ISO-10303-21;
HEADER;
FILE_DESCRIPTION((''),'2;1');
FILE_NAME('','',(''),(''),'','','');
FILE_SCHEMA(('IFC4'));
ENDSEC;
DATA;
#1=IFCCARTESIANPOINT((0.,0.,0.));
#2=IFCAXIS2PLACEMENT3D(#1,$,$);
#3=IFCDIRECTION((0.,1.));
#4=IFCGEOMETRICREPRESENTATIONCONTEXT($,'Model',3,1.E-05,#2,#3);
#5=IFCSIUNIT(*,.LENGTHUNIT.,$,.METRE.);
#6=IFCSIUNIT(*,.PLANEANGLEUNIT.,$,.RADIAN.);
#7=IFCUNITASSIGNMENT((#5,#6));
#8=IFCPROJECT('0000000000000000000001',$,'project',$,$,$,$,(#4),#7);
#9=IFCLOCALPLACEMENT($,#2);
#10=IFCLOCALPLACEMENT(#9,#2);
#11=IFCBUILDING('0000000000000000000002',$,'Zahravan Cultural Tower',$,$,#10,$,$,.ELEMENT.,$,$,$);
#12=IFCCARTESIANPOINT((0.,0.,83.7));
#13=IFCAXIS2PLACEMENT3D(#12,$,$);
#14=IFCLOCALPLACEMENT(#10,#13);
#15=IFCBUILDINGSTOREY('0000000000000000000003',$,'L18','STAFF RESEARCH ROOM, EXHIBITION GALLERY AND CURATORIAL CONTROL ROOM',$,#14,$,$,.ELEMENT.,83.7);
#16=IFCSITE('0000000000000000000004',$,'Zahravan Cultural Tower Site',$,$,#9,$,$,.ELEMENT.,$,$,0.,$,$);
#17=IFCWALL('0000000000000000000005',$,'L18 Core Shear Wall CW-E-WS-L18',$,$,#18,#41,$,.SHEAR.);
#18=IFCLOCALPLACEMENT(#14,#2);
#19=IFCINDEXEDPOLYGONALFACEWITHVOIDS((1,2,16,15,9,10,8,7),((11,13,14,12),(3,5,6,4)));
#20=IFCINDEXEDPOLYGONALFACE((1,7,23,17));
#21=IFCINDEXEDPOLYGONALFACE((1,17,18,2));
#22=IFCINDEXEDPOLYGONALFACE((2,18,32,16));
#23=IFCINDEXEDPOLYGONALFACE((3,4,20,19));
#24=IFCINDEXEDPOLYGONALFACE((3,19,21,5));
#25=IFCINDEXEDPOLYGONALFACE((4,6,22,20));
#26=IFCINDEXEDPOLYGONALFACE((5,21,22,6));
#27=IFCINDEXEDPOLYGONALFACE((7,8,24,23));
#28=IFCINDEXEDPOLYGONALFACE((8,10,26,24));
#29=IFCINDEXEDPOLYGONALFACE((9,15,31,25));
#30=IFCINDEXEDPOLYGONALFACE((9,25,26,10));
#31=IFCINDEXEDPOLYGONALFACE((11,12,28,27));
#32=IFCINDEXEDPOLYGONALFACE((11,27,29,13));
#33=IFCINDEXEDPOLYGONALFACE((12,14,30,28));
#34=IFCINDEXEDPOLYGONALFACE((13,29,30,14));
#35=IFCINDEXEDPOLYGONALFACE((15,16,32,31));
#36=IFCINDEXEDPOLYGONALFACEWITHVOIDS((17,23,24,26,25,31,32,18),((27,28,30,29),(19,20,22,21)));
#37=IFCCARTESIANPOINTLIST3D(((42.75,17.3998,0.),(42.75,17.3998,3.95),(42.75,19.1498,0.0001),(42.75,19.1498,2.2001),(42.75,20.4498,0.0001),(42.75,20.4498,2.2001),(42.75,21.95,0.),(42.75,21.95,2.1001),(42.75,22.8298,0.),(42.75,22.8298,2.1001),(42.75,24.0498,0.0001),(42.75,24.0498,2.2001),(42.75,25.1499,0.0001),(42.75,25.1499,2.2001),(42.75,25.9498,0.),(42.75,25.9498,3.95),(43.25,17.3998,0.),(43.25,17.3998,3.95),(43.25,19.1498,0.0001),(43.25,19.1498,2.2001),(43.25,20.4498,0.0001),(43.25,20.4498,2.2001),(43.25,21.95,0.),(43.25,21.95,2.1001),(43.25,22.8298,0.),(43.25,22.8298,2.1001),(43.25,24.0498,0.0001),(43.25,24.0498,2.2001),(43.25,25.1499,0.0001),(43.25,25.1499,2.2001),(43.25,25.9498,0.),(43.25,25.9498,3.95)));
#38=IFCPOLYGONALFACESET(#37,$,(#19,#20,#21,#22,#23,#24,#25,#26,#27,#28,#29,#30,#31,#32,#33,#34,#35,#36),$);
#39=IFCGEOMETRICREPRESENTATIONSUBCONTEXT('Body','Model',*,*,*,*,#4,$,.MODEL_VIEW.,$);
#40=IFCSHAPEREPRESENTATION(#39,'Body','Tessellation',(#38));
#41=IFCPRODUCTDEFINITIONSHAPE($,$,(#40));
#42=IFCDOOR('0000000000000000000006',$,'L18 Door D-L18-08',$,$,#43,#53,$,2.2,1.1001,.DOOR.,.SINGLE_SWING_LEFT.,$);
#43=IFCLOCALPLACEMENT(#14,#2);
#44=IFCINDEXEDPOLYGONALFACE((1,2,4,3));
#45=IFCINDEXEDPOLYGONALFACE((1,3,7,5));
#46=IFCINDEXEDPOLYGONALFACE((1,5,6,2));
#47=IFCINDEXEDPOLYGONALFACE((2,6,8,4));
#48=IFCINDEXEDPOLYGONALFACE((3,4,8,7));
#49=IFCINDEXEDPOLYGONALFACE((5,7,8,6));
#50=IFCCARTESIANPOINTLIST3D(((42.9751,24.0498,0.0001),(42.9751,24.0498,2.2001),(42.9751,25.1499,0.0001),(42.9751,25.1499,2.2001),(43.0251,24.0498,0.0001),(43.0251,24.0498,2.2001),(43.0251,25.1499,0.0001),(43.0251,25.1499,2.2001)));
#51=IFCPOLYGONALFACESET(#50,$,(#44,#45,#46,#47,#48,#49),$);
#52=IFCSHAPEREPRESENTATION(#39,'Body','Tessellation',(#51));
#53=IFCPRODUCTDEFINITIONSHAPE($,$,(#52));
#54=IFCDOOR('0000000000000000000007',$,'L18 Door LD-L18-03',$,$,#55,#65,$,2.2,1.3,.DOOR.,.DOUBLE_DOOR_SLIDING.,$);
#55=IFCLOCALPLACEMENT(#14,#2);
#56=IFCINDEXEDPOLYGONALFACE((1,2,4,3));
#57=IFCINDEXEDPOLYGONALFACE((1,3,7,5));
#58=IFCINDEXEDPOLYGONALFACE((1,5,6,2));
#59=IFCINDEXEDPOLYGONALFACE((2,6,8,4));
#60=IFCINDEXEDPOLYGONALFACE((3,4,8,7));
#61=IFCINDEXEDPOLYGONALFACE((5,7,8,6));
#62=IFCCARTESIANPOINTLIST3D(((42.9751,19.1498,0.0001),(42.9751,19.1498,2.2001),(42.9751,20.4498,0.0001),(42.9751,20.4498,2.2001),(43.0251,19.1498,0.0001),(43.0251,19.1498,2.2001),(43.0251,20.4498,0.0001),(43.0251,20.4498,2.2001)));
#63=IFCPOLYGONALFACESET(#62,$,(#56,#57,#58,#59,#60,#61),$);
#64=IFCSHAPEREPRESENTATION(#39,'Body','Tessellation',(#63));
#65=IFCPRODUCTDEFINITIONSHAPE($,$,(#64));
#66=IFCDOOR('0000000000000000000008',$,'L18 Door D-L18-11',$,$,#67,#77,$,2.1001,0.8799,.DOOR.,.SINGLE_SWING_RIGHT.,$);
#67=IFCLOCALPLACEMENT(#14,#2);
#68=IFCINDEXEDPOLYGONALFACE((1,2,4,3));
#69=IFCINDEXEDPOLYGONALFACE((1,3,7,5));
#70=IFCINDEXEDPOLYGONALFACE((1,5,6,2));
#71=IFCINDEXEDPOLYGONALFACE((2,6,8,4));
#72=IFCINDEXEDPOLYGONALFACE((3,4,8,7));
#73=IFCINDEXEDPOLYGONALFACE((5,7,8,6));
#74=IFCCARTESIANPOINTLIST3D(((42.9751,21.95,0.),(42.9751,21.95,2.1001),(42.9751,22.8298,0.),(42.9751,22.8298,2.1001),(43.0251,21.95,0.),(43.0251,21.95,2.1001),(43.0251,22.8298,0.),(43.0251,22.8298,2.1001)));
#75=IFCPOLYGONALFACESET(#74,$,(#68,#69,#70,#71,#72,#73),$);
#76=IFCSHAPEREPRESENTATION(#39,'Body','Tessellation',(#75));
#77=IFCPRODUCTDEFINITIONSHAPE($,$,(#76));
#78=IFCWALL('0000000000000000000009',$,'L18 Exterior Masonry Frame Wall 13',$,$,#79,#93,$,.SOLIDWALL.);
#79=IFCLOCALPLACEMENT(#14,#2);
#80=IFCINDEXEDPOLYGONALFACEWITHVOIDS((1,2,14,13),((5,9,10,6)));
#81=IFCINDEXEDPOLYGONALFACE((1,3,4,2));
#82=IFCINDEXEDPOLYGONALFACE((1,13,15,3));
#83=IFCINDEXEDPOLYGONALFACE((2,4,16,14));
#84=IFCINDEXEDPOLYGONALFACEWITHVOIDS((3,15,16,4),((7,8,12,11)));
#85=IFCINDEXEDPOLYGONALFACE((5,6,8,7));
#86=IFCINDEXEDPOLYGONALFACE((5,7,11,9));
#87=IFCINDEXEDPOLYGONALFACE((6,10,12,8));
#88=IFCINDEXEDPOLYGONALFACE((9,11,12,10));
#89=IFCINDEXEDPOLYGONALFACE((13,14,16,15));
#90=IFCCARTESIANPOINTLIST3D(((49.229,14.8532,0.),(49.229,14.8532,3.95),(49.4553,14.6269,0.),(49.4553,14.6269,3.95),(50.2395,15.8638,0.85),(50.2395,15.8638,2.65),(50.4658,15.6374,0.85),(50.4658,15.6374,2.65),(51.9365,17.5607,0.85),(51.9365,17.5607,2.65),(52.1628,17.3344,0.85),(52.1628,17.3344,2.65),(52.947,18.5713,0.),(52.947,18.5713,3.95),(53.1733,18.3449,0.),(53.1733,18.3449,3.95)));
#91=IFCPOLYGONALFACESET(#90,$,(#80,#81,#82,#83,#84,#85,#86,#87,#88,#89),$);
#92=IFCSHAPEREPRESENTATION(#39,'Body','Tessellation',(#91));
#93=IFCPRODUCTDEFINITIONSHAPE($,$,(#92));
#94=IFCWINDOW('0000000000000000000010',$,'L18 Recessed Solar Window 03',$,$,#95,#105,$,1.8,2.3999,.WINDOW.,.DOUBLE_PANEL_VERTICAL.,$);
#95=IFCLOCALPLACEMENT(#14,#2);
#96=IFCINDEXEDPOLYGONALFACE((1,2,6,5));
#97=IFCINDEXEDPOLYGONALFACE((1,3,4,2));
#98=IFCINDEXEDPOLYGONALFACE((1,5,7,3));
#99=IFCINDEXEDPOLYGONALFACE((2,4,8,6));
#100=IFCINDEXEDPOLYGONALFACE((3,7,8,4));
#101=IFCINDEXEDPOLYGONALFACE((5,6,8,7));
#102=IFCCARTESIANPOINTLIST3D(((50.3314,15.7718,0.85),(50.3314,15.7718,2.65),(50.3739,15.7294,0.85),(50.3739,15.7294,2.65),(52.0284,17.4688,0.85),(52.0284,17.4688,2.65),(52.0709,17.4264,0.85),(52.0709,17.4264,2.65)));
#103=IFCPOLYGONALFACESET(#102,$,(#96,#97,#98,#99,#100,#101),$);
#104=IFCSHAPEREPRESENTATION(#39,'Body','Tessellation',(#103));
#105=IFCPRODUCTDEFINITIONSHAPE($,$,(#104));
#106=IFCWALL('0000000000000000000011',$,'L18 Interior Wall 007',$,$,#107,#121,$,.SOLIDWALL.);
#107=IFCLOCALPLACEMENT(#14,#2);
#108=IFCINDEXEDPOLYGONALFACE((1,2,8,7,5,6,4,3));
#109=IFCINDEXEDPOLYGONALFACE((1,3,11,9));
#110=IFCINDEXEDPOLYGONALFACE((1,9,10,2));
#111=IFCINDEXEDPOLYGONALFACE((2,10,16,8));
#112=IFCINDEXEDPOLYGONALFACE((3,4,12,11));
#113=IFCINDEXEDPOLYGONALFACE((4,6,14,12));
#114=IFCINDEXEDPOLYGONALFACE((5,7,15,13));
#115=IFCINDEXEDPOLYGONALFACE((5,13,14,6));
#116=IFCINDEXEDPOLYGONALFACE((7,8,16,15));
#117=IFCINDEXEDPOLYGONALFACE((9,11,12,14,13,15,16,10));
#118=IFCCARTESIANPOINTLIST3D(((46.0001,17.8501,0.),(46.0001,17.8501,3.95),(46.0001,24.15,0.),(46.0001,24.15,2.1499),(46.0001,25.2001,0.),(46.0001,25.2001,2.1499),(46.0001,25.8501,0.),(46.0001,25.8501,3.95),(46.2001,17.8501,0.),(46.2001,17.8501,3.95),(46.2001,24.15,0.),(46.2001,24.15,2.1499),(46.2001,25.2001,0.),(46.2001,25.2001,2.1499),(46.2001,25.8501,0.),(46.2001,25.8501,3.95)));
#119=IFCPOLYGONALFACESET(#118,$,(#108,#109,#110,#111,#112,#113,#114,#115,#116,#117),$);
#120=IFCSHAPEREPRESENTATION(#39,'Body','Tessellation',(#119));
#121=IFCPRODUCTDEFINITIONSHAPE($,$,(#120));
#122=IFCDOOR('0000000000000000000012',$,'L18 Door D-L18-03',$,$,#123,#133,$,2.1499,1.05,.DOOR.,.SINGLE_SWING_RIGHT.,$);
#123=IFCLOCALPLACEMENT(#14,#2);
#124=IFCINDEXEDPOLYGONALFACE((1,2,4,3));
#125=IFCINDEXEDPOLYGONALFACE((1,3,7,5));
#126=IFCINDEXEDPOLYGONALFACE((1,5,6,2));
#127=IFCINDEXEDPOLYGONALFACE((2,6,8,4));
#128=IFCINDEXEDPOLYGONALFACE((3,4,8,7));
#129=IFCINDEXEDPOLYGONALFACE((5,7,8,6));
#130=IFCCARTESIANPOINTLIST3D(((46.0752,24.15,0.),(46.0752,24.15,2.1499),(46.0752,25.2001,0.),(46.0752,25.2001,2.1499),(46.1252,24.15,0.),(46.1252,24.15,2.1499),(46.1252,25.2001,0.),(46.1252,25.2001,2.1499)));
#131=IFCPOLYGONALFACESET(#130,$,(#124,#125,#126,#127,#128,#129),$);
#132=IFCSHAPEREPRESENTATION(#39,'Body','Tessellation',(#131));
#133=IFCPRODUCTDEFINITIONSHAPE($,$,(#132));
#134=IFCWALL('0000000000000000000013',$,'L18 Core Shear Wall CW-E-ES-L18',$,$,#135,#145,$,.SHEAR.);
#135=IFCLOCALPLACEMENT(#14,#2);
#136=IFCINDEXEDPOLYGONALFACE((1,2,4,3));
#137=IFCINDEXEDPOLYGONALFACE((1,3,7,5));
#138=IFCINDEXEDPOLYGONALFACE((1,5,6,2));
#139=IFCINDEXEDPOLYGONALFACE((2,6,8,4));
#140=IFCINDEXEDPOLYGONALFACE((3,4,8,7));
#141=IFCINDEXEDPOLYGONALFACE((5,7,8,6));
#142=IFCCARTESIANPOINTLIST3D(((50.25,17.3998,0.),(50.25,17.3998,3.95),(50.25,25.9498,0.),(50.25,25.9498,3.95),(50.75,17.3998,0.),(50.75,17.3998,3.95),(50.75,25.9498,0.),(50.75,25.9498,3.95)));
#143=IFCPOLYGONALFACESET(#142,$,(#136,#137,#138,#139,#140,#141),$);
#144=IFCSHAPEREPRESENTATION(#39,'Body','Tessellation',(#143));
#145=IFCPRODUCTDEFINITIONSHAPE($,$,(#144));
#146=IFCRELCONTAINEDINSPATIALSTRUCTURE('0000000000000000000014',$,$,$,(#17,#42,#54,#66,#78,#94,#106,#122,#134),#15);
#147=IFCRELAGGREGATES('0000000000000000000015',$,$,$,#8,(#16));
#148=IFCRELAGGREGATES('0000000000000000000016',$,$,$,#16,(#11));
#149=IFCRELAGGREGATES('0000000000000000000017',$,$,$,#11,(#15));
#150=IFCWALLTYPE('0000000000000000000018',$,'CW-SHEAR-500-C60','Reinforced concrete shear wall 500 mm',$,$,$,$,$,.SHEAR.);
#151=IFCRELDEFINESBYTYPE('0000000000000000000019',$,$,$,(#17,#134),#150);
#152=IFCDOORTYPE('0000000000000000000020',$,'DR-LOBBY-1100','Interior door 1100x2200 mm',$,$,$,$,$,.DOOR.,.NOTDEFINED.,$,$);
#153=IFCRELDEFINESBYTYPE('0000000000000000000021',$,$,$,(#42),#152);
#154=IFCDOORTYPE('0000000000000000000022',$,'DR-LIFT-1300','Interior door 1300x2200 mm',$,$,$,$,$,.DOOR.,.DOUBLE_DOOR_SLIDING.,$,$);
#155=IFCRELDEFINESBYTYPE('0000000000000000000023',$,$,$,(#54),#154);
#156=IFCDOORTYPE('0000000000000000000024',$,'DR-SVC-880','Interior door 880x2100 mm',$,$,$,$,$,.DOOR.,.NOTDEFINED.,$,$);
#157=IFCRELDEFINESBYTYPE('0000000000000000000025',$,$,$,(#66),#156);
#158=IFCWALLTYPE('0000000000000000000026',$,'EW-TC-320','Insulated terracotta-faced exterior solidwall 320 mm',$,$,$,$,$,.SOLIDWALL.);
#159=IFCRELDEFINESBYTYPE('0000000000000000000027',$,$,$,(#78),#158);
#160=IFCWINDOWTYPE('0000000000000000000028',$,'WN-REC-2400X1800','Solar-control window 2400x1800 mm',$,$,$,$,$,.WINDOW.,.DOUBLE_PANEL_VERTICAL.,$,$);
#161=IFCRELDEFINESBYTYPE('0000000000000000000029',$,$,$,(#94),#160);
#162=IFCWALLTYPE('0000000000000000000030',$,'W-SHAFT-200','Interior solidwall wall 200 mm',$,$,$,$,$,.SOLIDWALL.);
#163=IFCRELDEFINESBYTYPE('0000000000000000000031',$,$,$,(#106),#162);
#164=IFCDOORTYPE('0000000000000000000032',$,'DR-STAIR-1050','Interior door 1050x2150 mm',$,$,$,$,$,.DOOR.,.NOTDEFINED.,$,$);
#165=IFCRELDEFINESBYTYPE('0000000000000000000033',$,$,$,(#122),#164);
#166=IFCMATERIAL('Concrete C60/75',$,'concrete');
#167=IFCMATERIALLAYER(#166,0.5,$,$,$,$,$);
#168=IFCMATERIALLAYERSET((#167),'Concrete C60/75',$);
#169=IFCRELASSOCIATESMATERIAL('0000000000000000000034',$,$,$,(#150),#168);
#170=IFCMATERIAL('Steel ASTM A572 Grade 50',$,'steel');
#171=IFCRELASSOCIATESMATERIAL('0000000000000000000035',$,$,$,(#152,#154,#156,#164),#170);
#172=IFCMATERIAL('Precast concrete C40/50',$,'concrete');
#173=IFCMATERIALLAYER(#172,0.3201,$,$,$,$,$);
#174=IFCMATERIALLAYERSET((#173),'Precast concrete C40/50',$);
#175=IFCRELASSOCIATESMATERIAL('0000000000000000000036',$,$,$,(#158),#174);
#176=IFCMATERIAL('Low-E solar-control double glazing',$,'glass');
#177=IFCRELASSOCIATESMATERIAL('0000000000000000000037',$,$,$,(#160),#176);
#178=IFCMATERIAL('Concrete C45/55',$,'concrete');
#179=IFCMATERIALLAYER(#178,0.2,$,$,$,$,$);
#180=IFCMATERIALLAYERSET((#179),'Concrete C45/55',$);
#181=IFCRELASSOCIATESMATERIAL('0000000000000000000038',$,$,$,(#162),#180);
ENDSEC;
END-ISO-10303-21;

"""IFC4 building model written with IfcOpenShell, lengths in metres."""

from ifc_helpers import new_model, si_unit, direction, frame, frame_2d, origin, place, context, subcontext, project, spatial, rectangle, extrude, source, transform, mapped, material, layer, layer_set, type_object, element, fill, save


model = new_model("IFC4")

# Units and contexts
model_context = context("Model", 3, precision=1e-05, world=origin(), true_north=direction((0.0, 1.0)))
body_context = subcontext(model_context, "Body", "Model", "MODEL_VIEW")
ifc_project = project(units=[si_unit("LENGTHUNIT", "METRE"), si_unit("PLANEANGLEUNIT", "RADIAN")], contexts=[model_context])

# Site, building, storey
site_placement = place(None, origin())
site = spatial("IfcSite", under=ifc_project, at=site_placement, Name="Zahravan Cultural Tower Site", CompositionType="ELEMENT", RefElevation=0.0)
building_placement = place(site_placement, origin())
building = spatial("IfcBuilding", under=site, at=building_placement, Name="Zahravan Cultural Tower", CompositionType="ELEMENT")
storey_placement = place(building_placement, frame((0.0, 0.0, 83.7)))
storey = spatial("IfcBuildingStorey", under=building, at=storey_placement, Name="L18", Description="STAFF RESEARCH ROOM, EXHIBITION GALLERY AND CURATORIAL CONTROL ROOM", CompositionType="ELEMENT", Elevation=83.7)

# Shared definitions
ifc_material_1 = material(Name="Concrete C60/75", Category="concrete")

# Wall, openings, doors
ifc_layer_1 = layer(ifc_material_1, 0.5)
ifc_layer_set_1 = layer_set([ifc_layer_1], Name="Concrete C60/75")
wall_type_1 = type_object("IfcWallType", Name="CW-SHEAR-500-C60", Description="Reinforced concrete shear wall 500 mm", PredefinedType="SHEAR", material=ifc_layer_set_1)
wall_1_placement = place(storey_placement, frame((43.0, 17.3999, 0.0), z_axis=(0.0, 0.0, 1.0), x_axis=(0.0, 1.0, 0.0)))
wall_1 = element("IfcWall", 1, at=wall_1_placement, inside=storey, type_object=wall_type_1, Name="L18 Core Shear Wall CW-E-WS-L18", PredefinedType="SHEAR", context=body_context, shape_type="SweptSolid", body=[
    extrude(rectangle(XDim=8.55, YDim=0.5, at=frame_2d((4.2749, 0.0))), origin(), (0.0, 0.0, 1.0), 3.95),
])
opening_1_placement = place(wall_1_placement, frame((6.6499, 0.0, 0.0)))
opening_1 = element("IfcOpeningElement", 2, at=opening_1_placement, cuts=wall_1, PredefinedType="OPENING", context=body_context, shape_type="SweptSolid", body=[
    extrude(rectangle(XDim=1.1001, YDim=2.2, at=frame_2d((0.55, 1.1001))), frame((0.0, 0.26, 0.0), z_axis=(0.0, -1.0, 0.0), x_axis=(1.0, 0.0, 0.0)), (0.0, 0.0, 1.0), 0.52),
])
opening_2_placement = place(wall_1_placement, frame((1.75, 0.0, 0.0)))
opening_2 = element("IfcOpeningElement", 3, at=opening_2_placement, cuts=wall_1, PredefinedType="OPENING", context=body_context, shape_type="SweptSolid", body=[
    extrude(rectangle(XDim=1.3, YDim=2.2, at=frame_2d((0.6499, 1.1001))), frame((0.0, 0.26, 0.0), z_axis=(0.0, -1.0, 0.0), x_axis=(1.0, 0.0, 0.0)), (0.0, 0.0, 1.0), 0.52),
])
opening_3_placement = place(wall_1_placement, frame((4.55, 0.0, 0.0)))
opening_3 = element("IfcOpeningElement", 4, at=opening_3_placement, cuts=wall_1, PredefinedType="OPENING", context=body_context, shape_type="SweptSolid", body=[
    extrude(rectangle(XDim=0.8799, YDim=2.1001, at=frame_2d((0.4399, 1.05))), frame((0.0, 0.26, 0.0), z_axis=(0.0, -1.0, 0.0), x_axis=(1.0, 0.0, 0.0)), (0.0, 0.0, 1.0), 0.52),
])
ifc_material_2 = material(Name="Steel ASTM A572 Grade 50", Category="steel")
door_type_1 = type_object("IfcDoorType", Name="DR-LOBBY-1100", Description="Interior door 1100x2200 mm", OperationType="NOTDEFINED", PredefinedType="DOOR", material=ifc_material_2)
shared_shape_1 = source(origin(), body_context, "Body", "SweptSolid", [
    extrude(rectangle(XDim=1.1001, YDim=2.2, at=frame_2d((0.55, 1.1001))), frame((0.0, 0.0249, 0.0), z_axis=(0.0, -1.0, 0.0), x_axis=(1.0, 0.0, 0.0)), (0.0, 0.0, 1.0), 0.05),
])
door_1_placement = place(opening_1_placement, origin())
door_1 = element("IfcDoor", 5, at=door_1_placement, inside=storey, type_object=door_type_1, Name="L18 Door D-L18-08", OperationType="SINGLE_SWING_LEFT", OverallHeight=2.2, OverallWidth=1.1001, PredefinedType="DOOR", context=body_context, shape_type="MappedRepresentation", body=[
    mapped(shared_shape_1, transform((0.0, 0.0, 0.0), x_axis=(1.0, 0.0, 0.0), y_axis=(0.0, 1.0, 0.0), z_axis=(0.0, 0.0, 1.0), scale=1.0)),
])
fill(opening_1, door_1)
door_type_2 = type_object("IfcDoorType", Name="DR-LIFT-1300", Description="Interior door 1300x2200 mm", OperationType="DOUBLE_DOOR_SLIDING", PredefinedType="DOOR", material=ifc_material_2)
shared_shape_2 = source(origin(), body_context, "Body", "SweptSolid", [
    extrude(rectangle(XDim=1.3, YDim=2.2, at=frame_2d((0.6499, 1.1001))), frame((0.0, 0.0249, 0.0), z_axis=(0.0, -1.0, 0.0), x_axis=(1.0, 0.0, 0.0)), (0.0, 0.0, 1.0), 0.05),
])
door_2_placement = place(opening_2_placement, origin())
door_2 = element("IfcDoor", 6, at=door_2_placement, inside=storey, type_object=door_type_2, Name="L18 Door LD-L18-03", OperationType="DOUBLE_DOOR_SLIDING", OverallHeight=2.2, OverallWidth=1.3, PredefinedType="DOOR", context=body_context, shape_type="MappedRepresentation", body=[
    mapped(shared_shape_2, transform((0.0, 0.0, 0.0), x_axis=(1.0, 0.0, 0.0), y_axis=(0.0, 1.0, 0.0), z_axis=(0.0, 0.0, 1.0), scale=1.0)),
])
fill(opening_2, door_2)
door_type_3 = type_object("IfcDoorType", Name="DR-SVC-880", Description="Interior door 880x2100 mm", OperationType="NOTDEFINED", PredefinedType="DOOR", material=ifc_material_2)
shared_shape_3 = source(origin(), body_context, "Body", "SweptSolid", [
    extrude(rectangle(XDim=0.8799, YDim=2.1001, at=frame_2d((0.4399, 1.05))), frame((0.0, 0.0249, 0.0), z_axis=(0.0, -1.0, 0.0), x_axis=(1.0, 0.0, 0.0)), (0.0, 0.0, 1.0), 0.05),
])
door_3_placement = place(opening_3_placement, origin())
door_3 = element("IfcDoor", 7, at=door_3_placement, inside=storey, type_object=door_type_3, Name="L18 Door D-L18-11", OperationType="SINGLE_SWING_RIGHT", OverallHeight=2.1001, OverallWidth=0.8799, PredefinedType="DOOR", context=body_context, shape_type="MappedRepresentation", body=[
    mapped(shared_shape_3, transform((0.0, 0.0, 0.0), x_axis=(1.0, 0.0, 0.0), y_axis=(0.0, 1.0, 0.0), z_axis=(0.0, 0.0, 1.0), scale=1.0)),
])
fill(opening_3, door_3)

# Wall, opening, window
ifc_material_3 = material(Name="Precast concrete C40/50", Category="concrete")
ifc_layer_2 = layer(ifc_material_3, 0.3201)
ifc_layer_set_2 = layer_set([ifc_layer_2], Name="Precast concrete C40/50")
wall_type_2 = type_object("IfcWallType", Name="EW-TC-320", Description="Insulated terracotta-faced exterior solidwall 320 mm", PredefinedType="SOLIDWALL", material=ifc_layer_set_2)
wall_2_placement = place(storey_placement, frame((53.0601, 18.458, 0.0), z_axis=(0.0, 0.0, 1.0), x_axis=(-0.707107, -0.707107, 0.0)))
wall_2 = element("IfcWall", 8, at=wall_2_placement, inside=storey, type_object=wall_type_2, Name="L18 Exterior Masonry Frame Wall 13", PredefinedType="SOLIDWALL", context=body_context, shape_type="SweptSolid", body=[
    extrude(rectangle(XDim=5.2581, YDim=0.3201, at=frame_2d((2.6289, 0.0))), origin(), (0.0, 0.0, 1.0), 3.95),
])
opening_4_placement = place(wall_2_placement, frame((1.429, 0.0, 0.8501)))
opening_4 = element("IfcOpeningElement", 9, at=opening_4_placement, cuts=wall_2, PredefinedType="OPENING", context=body_context, shape_type="SweptSolid", body=[
    extrude(rectangle(XDim=2.3999, YDim=1.8, at=frame_2d((1.2, 0.8999))), frame((0.0, 0.1699, 0.0), z_axis=(0.0, -1.0, 0.0), x_axis=(1.0, 0.0, 0.0)), (0.0, 0.0, 1.0), 0.3401),
])
ifc_material_4 = material(Name="Low-E solar-control double glazing", Category="glass")
window_type = type_object("IfcWindowType", Name="WN-REC-2400X1800", Description="Solar-control window 2400x1800 mm", PartitioningType="DOUBLE_PANEL_VERTICAL", PredefinedType="WINDOW", material=ifc_material_4)
shared_shape_4 = source(origin(), body_context, "Body", "SweptSolid", [
    extrude(rectangle(XDim=2.3999, YDim=1.8, at=frame_2d((1.2, 0.8999))), frame((0.0, 0.03, 0.0), z_axis=(0.0, -1.0, 0.0), x_axis=(1.0, 0.0, 0.0)), (0.0, 0.0, 1.0), 0.0601),
])
window_placement = place(opening_4_placement, origin())
window = element("IfcWindow", 10, at=window_placement, inside=storey, type_object=window_type, Name="L18 Recessed Solar Window 03", OverallHeight=1.8, OverallWidth=2.3999, PartitioningType="DOUBLE_PANEL_VERTICAL", PredefinedType="WINDOW", context=body_context, shape_type="MappedRepresentation", body=[
    mapped(shared_shape_4, transform((0.0, 0.0, 0.0), x_axis=(1.0, 0.0, 0.0), y_axis=(0.0, 1.0, 0.0), z_axis=(0.0, 0.0, 1.0), scale=1.0)),
])
fill(opening_4, window)

# Wall, opening, door
ifc_material_5 = material(Name="Concrete C45/55", Category="concrete")
ifc_layer_3 = layer(ifc_material_5, 0.2)
ifc_layer_set_3 = layer_set([ifc_layer_3], Name="Concrete C45/55")
wall_type_3 = type_object("IfcWallType", Name="W-SHAFT-200", Description="Interior solidwall wall 200 mm", PredefinedType="SOLIDWALL", material=ifc_layer_set_3)
wall_3_placement = place(storey_placement, frame((46.1001, 17.8501, 0.0), z_axis=(0.0, 0.0, 1.0), x_axis=(0.0, 1.0, 0.0)))
wall_3 = element("IfcWall", 11, at=wall_3_placement, inside=storey, type_object=wall_type_3, Name="L18 Interior Wall 007", PredefinedType="SOLIDWALL", context=body_context, shape_type="SweptSolid", body=[
    extrude(rectangle(XDim=8.0, YDim=0.2, at=frame_2d((4.0, 0.0))), origin(), (0.0, 0.0, 1.0), 3.95),
])
opening_5_placement = place(wall_3_placement, frame((6.3, 0.0, 0.0)))
opening_5 = element("IfcOpeningElement", 12, at=opening_5_placement, cuts=wall_3, PredefinedType="OPENING", context=body_context, shape_type="SweptSolid", body=[
    extrude(rectangle(XDim=1.05, YDim=2.1499, at=frame_2d((0.5249, 1.075))), frame((0.0, 0.1099, 0.0), z_axis=(0.0, -1.0, 0.0), x_axis=(1.0, 0.0, 0.0)), (0.0, 0.0, 1.0), 0.22),
])
door_type_4 = type_object("IfcDoorType", Name="DR-STAIR-1050", Description="Interior door 1050x2150 mm", OperationType="NOTDEFINED", PredefinedType="DOOR", material=ifc_material_2)
shared_shape_5 = source(origin(), body_context, "Body", "SweptSolid", [
    extrude(rectangle(XDim=1.05, YDim=2.1499, at=frame_2d((0.5249, 1.075))), frame((0.0, 0.0249, 0.0), z_axis=(0.0, -1.0, 0.0), x_axis=(1.0, 0.0, 0.0)), (0.0, 0.0, 1.0), 0.05),
])
door_4_placement = place(opening_5_placement, origin())
door_4 = element("IfcDoor", 13, at=door_4_placement, inside=storey, type_object=door_type_4, Name="L18 Door D-L18-03", OperationType="SINGLE_SWING_RIGHT", OverallHeight=2.1499, OverallWidth=1.05, PredefinedType="DOOR", context=body_context, shape_type="MappedRepresentation", body=[
    mapped(shared_shape_5, transform((0.0, 0.0, 0.0), x_axis=(1.0, 0.0, 0.0), y_axis=(0.0, 1.0, 0.0), z_axis=(0.0, 0.0, 1.0), scale=1.0)),
])
fill(opening_5, door_4)

# Wall
shared_shape_6 = source(origin(), body_context, "Body", "SweptSolid", [
    extrude(rectangle(XDim=8.55, YDim=0.5, at=frame_2d((4.2749, 0.0))), origin(), (0.0, 0.0, 1.0), 3.95),
])
wall_4_placement = place(storey_placement, frame((50.5, 17.3999, 0.0), z_axis=(0.0, 0.0, 1.0), x_axis=(0.0, 1.0, 0.0)))
element("IfcWall", 14, at=wall_4_placement, inside=storey, type_object=wall_type_1, Name="L18 Core Shear Wall CW-E-ES-L18", PredefinedType="SHEAR", context=body_context, shape_type="MappedRepresentation", body=[
    mapped(shared_shape_6, transform((0.0, 0.0, 0.0), x_axis=(1.0, 0.0, 0.0), y_axis=(0.0, 1.0, 0.0), z_axis=(0.0, 0.0, 1.0), scale=1.0)),
])

save(model, "model.ifc")
